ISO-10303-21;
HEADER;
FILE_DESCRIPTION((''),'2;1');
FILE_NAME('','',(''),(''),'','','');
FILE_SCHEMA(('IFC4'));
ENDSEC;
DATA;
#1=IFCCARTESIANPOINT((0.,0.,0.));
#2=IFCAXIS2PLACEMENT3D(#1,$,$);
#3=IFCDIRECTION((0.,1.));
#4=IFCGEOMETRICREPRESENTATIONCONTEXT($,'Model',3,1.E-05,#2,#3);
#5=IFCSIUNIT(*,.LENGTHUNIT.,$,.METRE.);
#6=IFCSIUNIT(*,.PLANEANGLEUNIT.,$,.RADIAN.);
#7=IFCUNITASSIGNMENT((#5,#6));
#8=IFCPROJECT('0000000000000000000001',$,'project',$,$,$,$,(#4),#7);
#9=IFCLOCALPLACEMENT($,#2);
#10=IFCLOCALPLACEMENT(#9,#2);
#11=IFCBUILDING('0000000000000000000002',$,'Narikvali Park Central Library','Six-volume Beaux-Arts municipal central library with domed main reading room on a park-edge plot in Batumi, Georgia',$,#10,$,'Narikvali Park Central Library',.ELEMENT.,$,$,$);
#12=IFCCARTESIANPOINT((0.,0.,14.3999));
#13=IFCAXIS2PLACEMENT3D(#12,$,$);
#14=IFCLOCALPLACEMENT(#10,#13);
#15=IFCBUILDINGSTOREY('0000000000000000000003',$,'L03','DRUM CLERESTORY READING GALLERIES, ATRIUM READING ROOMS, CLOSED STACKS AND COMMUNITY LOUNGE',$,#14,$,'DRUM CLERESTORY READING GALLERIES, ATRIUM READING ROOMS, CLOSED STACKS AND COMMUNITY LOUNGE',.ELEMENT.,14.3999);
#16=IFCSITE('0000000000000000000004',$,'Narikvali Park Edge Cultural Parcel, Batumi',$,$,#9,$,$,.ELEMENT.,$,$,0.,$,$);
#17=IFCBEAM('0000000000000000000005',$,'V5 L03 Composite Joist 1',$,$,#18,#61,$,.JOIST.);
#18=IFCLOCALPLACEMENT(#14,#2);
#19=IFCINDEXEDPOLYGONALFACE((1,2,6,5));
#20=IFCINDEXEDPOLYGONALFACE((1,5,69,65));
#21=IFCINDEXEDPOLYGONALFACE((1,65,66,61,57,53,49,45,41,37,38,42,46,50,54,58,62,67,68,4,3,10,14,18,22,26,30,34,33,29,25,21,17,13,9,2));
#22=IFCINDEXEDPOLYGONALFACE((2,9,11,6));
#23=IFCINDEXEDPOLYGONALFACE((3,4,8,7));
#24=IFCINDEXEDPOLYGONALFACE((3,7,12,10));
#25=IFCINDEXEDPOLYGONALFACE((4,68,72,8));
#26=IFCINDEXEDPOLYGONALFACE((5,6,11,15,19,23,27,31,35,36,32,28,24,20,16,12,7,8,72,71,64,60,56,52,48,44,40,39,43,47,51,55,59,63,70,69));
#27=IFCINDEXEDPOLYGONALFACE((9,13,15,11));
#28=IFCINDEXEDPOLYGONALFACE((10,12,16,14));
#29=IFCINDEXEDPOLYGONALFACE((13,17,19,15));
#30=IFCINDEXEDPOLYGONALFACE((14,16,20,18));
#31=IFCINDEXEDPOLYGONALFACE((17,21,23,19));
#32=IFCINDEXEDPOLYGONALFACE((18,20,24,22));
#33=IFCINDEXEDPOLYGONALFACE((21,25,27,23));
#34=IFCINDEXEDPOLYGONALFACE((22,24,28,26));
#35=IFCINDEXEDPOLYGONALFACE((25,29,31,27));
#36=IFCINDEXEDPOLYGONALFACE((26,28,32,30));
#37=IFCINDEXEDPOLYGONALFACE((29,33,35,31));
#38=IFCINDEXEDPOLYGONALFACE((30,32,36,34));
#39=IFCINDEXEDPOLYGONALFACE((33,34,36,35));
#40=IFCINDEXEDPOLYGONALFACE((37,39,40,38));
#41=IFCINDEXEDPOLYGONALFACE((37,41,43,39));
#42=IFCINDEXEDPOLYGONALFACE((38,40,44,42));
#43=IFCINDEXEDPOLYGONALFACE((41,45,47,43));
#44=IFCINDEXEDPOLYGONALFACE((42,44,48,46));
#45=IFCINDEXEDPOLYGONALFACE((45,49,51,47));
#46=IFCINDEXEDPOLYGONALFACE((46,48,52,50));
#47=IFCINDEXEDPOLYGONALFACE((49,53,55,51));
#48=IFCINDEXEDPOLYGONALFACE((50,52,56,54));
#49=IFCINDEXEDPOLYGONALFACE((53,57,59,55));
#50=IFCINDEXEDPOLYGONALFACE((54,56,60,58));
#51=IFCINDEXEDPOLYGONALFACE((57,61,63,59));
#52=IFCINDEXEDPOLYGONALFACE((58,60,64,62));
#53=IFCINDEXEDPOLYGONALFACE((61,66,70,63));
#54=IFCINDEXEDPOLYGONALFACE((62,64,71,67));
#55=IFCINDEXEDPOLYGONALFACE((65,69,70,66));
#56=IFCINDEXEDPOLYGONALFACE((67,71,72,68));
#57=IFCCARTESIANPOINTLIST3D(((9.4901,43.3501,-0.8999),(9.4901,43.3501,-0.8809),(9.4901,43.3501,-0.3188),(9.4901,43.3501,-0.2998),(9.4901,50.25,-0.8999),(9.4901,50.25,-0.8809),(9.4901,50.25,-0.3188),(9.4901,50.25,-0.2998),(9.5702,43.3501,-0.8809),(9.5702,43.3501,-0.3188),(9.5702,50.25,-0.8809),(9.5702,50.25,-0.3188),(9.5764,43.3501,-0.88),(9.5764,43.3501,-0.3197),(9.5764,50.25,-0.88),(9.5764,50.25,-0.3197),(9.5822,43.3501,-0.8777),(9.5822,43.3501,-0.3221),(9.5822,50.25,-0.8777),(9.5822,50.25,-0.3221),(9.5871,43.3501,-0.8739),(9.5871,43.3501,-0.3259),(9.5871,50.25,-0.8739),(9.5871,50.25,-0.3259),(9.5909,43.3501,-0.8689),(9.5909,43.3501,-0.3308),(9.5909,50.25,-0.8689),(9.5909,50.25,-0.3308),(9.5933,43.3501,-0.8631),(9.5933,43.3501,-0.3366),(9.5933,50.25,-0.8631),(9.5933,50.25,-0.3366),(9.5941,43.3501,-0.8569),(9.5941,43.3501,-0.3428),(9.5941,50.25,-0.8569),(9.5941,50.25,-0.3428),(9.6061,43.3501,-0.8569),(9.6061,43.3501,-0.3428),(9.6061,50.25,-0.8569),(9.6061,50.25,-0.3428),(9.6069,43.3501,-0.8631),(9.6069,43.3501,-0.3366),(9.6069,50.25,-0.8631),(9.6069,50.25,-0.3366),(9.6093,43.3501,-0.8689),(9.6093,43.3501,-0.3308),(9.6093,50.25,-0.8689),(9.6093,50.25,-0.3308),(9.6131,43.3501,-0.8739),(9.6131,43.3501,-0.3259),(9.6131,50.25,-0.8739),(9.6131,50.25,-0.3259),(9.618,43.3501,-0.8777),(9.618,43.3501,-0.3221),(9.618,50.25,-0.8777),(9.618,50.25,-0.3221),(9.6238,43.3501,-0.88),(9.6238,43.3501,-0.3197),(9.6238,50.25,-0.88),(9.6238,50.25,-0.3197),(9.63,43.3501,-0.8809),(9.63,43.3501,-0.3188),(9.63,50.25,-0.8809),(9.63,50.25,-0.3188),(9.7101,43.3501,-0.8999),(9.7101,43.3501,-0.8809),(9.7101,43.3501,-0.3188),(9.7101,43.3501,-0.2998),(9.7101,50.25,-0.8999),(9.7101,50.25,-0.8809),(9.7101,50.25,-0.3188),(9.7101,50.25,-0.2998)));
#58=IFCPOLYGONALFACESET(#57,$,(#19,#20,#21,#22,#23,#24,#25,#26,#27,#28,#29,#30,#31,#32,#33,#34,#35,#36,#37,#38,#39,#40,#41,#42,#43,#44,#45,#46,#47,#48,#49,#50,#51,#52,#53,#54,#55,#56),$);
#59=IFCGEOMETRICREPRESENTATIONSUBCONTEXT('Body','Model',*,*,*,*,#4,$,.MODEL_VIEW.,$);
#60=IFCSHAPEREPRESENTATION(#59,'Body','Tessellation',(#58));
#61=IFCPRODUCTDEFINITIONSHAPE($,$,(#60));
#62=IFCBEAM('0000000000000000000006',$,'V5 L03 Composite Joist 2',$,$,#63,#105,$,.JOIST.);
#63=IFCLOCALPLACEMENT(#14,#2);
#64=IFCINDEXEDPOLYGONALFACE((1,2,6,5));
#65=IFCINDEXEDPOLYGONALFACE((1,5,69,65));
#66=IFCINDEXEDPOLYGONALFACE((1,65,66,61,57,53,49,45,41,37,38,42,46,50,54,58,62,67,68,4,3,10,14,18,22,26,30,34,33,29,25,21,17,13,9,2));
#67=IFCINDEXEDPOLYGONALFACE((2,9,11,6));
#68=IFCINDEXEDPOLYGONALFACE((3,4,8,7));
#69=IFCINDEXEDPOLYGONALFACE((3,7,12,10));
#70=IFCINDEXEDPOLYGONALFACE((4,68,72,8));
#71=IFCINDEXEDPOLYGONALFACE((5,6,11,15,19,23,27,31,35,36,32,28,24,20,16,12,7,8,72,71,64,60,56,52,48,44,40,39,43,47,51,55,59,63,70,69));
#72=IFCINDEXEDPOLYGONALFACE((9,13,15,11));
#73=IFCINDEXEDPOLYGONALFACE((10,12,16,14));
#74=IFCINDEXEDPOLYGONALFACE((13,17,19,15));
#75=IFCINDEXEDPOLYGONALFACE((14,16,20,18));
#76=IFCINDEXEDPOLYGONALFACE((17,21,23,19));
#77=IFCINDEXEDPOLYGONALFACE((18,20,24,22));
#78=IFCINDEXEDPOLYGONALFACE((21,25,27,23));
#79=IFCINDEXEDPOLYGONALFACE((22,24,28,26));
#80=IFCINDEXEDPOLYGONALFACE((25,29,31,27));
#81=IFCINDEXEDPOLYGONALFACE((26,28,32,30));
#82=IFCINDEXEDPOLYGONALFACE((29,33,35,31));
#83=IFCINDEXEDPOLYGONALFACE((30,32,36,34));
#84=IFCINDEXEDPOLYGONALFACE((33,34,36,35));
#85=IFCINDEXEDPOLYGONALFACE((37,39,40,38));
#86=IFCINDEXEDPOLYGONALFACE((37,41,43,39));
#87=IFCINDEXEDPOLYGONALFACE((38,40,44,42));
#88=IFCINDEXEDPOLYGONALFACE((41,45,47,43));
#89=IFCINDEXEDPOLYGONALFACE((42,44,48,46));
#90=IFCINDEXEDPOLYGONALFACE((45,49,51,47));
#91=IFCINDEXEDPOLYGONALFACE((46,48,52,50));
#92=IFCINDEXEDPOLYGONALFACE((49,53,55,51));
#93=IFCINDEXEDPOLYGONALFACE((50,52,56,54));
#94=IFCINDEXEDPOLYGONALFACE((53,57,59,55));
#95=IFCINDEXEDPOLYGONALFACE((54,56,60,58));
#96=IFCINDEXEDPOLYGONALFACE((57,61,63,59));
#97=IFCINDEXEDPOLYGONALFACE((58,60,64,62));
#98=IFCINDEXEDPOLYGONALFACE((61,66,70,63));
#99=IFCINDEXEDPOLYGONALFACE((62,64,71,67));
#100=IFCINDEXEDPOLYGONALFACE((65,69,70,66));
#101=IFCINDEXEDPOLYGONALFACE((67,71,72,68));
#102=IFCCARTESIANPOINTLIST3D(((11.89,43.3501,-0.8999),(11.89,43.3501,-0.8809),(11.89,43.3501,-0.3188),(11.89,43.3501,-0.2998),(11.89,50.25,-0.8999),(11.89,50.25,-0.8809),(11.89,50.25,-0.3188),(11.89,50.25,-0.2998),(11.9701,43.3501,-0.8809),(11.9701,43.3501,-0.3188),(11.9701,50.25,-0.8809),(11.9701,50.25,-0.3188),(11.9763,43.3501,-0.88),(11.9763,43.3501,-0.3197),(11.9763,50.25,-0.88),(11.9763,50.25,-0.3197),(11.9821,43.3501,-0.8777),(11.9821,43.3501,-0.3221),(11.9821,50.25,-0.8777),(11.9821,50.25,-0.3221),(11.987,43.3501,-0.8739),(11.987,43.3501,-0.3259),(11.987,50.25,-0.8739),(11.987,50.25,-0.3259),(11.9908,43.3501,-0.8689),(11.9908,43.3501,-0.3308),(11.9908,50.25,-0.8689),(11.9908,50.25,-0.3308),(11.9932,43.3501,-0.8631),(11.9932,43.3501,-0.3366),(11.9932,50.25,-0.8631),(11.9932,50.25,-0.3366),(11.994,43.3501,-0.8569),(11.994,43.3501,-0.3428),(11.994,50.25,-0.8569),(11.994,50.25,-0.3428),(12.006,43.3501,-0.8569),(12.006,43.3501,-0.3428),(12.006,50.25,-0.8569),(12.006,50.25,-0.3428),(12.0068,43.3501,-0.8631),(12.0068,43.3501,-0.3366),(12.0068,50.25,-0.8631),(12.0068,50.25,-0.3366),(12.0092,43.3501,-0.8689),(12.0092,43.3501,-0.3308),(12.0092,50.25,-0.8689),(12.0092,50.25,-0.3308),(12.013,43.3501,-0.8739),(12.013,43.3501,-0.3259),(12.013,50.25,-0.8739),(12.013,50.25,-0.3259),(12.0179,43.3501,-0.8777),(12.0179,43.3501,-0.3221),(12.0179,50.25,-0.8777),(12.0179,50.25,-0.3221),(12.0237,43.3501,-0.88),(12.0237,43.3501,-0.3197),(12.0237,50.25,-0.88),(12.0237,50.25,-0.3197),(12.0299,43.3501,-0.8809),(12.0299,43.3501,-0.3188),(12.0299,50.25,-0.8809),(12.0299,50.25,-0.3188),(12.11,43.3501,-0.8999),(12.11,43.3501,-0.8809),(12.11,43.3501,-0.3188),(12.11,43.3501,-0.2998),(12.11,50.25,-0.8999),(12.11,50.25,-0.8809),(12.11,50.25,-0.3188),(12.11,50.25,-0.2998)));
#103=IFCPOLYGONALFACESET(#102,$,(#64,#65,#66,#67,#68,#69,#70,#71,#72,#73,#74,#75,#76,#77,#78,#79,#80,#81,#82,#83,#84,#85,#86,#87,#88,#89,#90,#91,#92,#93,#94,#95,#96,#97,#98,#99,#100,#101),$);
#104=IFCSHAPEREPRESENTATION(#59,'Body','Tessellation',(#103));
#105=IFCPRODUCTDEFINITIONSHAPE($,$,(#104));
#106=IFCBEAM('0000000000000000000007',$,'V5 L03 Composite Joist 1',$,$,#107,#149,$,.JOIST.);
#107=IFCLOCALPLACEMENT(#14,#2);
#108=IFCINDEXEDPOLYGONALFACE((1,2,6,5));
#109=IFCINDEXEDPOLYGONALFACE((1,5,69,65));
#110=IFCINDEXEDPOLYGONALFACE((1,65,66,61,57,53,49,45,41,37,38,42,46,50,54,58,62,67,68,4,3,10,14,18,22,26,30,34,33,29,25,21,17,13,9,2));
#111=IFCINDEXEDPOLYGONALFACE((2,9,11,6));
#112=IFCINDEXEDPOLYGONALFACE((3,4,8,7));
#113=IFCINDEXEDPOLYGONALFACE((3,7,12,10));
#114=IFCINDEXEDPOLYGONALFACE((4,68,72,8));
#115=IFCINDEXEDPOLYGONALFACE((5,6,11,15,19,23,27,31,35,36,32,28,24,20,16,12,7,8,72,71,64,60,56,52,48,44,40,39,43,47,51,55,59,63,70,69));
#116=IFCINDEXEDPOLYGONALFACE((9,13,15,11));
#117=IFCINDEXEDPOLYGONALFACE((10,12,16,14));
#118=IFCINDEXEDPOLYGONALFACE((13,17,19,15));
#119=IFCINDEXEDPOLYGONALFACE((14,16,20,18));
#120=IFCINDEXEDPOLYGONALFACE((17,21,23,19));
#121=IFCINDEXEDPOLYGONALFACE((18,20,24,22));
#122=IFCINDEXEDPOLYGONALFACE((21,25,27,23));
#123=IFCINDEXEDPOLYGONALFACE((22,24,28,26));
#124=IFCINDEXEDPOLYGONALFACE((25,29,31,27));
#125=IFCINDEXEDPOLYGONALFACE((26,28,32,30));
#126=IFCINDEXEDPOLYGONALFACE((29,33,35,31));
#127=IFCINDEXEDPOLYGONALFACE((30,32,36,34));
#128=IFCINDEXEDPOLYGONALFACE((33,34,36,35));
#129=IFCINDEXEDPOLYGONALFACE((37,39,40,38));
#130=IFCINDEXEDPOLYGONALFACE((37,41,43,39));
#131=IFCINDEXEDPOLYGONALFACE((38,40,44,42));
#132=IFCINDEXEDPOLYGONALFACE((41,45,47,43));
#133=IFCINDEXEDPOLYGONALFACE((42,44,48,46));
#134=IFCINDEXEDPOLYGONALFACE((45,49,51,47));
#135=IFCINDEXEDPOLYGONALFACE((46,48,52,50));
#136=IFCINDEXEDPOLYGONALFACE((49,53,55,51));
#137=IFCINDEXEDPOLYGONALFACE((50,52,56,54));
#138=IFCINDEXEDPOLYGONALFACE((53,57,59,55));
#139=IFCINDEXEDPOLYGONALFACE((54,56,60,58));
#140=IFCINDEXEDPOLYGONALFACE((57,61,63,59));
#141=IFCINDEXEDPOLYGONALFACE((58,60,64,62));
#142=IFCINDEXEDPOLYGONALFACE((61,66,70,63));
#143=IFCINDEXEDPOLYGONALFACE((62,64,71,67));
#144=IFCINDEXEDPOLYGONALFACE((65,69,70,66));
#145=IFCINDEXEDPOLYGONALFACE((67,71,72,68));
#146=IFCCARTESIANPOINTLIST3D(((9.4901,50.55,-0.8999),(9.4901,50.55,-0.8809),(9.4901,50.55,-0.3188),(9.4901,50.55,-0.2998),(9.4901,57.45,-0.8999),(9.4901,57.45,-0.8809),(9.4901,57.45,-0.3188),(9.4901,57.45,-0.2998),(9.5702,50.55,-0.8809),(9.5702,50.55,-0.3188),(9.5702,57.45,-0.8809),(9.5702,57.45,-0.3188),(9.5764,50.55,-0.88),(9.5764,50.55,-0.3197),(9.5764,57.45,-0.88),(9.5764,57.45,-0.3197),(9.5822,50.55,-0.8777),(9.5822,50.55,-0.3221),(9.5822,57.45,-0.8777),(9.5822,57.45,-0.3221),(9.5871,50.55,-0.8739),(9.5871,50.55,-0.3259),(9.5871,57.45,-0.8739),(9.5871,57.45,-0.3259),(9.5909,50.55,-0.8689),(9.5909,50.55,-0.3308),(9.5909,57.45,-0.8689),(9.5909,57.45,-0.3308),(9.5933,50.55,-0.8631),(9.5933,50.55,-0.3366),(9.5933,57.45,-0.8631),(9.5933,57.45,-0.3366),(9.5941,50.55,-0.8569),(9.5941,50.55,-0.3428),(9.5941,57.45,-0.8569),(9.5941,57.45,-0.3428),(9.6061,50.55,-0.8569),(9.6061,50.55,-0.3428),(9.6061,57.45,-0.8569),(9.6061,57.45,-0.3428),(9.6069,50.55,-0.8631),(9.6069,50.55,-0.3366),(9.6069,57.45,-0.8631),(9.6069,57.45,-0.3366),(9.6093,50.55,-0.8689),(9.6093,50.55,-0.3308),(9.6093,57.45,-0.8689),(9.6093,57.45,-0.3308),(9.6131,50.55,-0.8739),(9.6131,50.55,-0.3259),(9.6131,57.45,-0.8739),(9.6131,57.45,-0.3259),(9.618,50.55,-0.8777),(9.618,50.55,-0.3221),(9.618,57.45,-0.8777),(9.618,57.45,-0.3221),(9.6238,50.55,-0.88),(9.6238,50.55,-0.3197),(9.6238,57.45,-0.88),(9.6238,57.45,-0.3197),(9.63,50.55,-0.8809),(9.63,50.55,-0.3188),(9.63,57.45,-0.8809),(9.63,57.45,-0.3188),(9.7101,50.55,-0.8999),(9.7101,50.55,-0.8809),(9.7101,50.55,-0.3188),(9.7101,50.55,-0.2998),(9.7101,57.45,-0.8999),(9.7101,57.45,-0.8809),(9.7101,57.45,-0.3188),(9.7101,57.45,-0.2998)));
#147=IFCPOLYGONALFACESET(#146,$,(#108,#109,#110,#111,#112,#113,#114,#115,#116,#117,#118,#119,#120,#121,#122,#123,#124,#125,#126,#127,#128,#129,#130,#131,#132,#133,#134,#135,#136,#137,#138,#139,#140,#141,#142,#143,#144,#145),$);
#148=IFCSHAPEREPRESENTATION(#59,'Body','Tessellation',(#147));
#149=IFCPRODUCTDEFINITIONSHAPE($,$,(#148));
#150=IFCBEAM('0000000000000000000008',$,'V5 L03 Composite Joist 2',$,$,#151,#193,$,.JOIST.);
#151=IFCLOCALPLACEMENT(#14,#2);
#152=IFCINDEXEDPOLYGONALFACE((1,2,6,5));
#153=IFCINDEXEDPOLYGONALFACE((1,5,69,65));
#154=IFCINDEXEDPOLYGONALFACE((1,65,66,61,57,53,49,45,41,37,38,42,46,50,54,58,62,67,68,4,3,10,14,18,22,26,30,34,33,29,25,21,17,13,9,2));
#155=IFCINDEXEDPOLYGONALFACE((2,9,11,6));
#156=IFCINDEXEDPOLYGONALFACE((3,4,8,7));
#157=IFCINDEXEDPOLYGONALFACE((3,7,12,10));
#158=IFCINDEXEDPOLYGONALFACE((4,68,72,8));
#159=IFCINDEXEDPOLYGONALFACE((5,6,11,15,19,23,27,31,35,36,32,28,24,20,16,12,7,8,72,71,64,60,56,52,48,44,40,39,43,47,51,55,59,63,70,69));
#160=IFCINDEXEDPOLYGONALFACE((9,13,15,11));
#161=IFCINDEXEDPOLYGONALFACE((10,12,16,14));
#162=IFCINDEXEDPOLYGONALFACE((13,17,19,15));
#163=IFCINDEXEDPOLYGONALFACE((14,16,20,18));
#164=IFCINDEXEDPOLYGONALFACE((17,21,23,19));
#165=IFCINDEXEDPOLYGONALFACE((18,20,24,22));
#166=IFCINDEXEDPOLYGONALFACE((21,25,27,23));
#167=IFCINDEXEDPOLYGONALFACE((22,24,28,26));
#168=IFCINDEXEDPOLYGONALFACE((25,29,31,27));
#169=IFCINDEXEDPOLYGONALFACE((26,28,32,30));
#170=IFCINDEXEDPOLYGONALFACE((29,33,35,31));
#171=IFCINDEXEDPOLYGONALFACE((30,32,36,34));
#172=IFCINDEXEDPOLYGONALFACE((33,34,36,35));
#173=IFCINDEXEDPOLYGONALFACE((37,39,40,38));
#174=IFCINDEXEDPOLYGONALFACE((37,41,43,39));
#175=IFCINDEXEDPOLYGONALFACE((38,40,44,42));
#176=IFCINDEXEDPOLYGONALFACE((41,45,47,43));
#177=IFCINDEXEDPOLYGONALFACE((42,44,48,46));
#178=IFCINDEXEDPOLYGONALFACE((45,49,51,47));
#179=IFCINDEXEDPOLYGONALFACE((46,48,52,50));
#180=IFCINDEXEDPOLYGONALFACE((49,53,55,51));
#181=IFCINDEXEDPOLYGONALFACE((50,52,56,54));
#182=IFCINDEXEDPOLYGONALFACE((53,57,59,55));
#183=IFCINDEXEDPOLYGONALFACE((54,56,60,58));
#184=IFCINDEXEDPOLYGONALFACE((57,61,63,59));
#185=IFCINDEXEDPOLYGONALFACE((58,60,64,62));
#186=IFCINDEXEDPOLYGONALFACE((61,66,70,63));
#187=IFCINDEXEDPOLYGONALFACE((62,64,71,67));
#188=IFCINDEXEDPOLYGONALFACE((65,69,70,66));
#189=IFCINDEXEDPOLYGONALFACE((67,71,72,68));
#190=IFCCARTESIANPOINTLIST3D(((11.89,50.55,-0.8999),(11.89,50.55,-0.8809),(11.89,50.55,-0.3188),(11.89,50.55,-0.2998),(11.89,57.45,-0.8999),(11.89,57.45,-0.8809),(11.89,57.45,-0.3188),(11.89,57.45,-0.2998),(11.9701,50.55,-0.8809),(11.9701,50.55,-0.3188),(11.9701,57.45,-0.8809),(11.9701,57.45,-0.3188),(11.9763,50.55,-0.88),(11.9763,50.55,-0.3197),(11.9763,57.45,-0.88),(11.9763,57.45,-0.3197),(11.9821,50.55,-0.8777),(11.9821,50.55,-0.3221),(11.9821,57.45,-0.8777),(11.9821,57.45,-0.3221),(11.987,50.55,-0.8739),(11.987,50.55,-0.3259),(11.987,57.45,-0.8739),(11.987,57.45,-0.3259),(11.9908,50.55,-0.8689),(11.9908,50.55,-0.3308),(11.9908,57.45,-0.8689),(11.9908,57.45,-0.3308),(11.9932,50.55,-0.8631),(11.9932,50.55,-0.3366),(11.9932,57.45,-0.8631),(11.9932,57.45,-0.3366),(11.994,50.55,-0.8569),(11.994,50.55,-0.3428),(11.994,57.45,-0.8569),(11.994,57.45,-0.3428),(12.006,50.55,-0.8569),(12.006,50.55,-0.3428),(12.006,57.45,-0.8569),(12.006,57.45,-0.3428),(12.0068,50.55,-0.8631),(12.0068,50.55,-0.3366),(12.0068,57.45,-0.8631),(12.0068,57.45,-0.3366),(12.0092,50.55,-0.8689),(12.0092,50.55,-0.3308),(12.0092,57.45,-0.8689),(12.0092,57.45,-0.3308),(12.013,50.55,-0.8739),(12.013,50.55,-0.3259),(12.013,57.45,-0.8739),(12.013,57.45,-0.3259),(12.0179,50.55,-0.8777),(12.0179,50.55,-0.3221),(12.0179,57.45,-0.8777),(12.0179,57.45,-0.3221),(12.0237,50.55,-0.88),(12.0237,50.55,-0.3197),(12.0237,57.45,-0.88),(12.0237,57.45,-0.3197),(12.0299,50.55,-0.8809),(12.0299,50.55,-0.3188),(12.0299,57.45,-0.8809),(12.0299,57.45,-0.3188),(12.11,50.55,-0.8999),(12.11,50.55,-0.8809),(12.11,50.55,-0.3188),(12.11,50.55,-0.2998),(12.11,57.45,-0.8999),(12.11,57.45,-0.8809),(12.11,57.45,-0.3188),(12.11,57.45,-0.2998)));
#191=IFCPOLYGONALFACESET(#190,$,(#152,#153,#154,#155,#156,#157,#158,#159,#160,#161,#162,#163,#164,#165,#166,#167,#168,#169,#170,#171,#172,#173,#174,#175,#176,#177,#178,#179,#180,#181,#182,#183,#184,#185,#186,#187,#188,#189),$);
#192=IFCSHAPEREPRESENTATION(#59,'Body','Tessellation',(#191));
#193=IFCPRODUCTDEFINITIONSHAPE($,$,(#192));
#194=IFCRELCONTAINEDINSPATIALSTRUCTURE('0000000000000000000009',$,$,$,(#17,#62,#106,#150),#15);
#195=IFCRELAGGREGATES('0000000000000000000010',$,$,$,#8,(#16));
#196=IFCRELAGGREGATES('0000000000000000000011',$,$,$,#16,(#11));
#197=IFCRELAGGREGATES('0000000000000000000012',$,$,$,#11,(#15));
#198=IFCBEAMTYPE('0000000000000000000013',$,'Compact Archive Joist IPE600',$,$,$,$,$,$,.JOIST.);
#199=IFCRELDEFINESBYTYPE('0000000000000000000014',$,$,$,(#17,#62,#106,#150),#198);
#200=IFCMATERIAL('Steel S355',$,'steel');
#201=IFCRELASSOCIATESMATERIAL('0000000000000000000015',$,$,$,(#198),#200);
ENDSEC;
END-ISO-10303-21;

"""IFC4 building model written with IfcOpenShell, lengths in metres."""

from ifc_helpers import new_model, si_unit, direction, frame, origin, origin_2d, place, context, subcontext, project, spatial, i_section, extrude, material, material_profile, profile_set, type_object, element, save


model = new_model("IFC4")

# Units and contexts
model_context = context("Model", 3, precision=1e-05, world=origin(), true_north=direction((0.0, 1.0)))
body_context = subcontext(model_context, "Body", "Model", "MODEL_VIEW")
ifc_project = project(units=[si_unit("LENGTHUNIT", "METRE"), si_unit("PLANEANGLEUNIT", "RADIAN")], contexts=[model_context])

# Site, building, storey
site_placement = place(None, origin())
site = spatial("IfcSite", under=ifc_project, at=site_placement, Name="Narikvali Park Edge Cultural Parcel, Batumi", CompositionType="ELEMENT", RefElevation=0.0)
building_placement = place(site_placement, origin())
building = spatial("IfcBuilding", under=site, at=building_placement, Name="Narikvali Park Central Library", Description="Six-volume Beaux-Arts municipal central library with domed main reading room on a park-edge plot in Batumi, Georgia", LongName="Narikvali Park Central Library", CompositionType="ELEMENT")
storey_placement = place(building_placement, frame((0.0, 0.0, 14.3999)))
storey = spatial("IfcBuildingStorey", under=building, at=storey_placement, Name="L03", Description="DRUM CLERESTORY READING GALLERIES, ATRIUM READING ROOMS, CLOSED STACKS AND COMMUNITY LOUNGE", LongName="DRUM CLERESTORY READING GALLERIES, ATRIUM READING ROOMS, CLOSED STACKS AND COMMUNITY LOUNGE", CompositionType="ELEMENT", Elevation=14.3999)

# Shared definitions
ifc_material_1 = material(Name="Steel S355", Category="steel")

# Beams
ifc_material_profile_1 = material_profile(ifc_material_1, i_section(OverallWidth=0.22, OverallDepth=0.6001, WebThickness=0.012, FlangeThickness=0.019, FilletRadius=0.0239, at=origin_2d()), Name="IPE 600")
ifc_profile_set_1 = profile_set([ifc_material_profile_1], Name="Steel S355")
beam_type_1 = type_object("IfcBeamType", Name="Compact Archive Joist IPE600", PredefinedType="JOIST", material=ifc_profile_set_1)
for number, where, z_axis, x_axis, name in (
    (1, (9.6001, 43.3501, -0.5999), (0.0, 1.0, 0.0), (-1.0, 0.0, 0.0), "V5 L03 Composite Joist 1"),
    (2, (12.0, 43.3501, -0.5999), (0.0, 1.0, 0.0), (-1.0, 0.0, 0.0), "V5 L03 Composite Joist 2"),
    (3, (9.6001, 50.55, -0.5999), (0.0, 1.0, 0.0), (-1.0, 0.0, 0.0), "V5 L03 Composite Joist 1"),
    (4, (12.0, 50.55, -0.5999), (0.0, 1.0, 0.0), (-1.0, 0.0, 0.0), "V5 L03 Composite Joist 2"),
):
    element("IfcBeam", number, at=place(storey_placement, frame(where, z_axis=z_axis, x_axis=x_axis)), inside=storey, type_object=beam_type_1, Name=name, PredefinedType="JOIST", context=body_context, shape_type="SweptSolid", body=[
        extrude(i_section(OverallWidth=0.22, OverallDepth=0.6001, WebThickness=0.012, FlangeThickness=0.019, FilletRadius=0.0239, at=origin_2d()), origin(), (0.0, 0.0, 1.0), 6.8999),
    ])

save(model, "model.ifc")
